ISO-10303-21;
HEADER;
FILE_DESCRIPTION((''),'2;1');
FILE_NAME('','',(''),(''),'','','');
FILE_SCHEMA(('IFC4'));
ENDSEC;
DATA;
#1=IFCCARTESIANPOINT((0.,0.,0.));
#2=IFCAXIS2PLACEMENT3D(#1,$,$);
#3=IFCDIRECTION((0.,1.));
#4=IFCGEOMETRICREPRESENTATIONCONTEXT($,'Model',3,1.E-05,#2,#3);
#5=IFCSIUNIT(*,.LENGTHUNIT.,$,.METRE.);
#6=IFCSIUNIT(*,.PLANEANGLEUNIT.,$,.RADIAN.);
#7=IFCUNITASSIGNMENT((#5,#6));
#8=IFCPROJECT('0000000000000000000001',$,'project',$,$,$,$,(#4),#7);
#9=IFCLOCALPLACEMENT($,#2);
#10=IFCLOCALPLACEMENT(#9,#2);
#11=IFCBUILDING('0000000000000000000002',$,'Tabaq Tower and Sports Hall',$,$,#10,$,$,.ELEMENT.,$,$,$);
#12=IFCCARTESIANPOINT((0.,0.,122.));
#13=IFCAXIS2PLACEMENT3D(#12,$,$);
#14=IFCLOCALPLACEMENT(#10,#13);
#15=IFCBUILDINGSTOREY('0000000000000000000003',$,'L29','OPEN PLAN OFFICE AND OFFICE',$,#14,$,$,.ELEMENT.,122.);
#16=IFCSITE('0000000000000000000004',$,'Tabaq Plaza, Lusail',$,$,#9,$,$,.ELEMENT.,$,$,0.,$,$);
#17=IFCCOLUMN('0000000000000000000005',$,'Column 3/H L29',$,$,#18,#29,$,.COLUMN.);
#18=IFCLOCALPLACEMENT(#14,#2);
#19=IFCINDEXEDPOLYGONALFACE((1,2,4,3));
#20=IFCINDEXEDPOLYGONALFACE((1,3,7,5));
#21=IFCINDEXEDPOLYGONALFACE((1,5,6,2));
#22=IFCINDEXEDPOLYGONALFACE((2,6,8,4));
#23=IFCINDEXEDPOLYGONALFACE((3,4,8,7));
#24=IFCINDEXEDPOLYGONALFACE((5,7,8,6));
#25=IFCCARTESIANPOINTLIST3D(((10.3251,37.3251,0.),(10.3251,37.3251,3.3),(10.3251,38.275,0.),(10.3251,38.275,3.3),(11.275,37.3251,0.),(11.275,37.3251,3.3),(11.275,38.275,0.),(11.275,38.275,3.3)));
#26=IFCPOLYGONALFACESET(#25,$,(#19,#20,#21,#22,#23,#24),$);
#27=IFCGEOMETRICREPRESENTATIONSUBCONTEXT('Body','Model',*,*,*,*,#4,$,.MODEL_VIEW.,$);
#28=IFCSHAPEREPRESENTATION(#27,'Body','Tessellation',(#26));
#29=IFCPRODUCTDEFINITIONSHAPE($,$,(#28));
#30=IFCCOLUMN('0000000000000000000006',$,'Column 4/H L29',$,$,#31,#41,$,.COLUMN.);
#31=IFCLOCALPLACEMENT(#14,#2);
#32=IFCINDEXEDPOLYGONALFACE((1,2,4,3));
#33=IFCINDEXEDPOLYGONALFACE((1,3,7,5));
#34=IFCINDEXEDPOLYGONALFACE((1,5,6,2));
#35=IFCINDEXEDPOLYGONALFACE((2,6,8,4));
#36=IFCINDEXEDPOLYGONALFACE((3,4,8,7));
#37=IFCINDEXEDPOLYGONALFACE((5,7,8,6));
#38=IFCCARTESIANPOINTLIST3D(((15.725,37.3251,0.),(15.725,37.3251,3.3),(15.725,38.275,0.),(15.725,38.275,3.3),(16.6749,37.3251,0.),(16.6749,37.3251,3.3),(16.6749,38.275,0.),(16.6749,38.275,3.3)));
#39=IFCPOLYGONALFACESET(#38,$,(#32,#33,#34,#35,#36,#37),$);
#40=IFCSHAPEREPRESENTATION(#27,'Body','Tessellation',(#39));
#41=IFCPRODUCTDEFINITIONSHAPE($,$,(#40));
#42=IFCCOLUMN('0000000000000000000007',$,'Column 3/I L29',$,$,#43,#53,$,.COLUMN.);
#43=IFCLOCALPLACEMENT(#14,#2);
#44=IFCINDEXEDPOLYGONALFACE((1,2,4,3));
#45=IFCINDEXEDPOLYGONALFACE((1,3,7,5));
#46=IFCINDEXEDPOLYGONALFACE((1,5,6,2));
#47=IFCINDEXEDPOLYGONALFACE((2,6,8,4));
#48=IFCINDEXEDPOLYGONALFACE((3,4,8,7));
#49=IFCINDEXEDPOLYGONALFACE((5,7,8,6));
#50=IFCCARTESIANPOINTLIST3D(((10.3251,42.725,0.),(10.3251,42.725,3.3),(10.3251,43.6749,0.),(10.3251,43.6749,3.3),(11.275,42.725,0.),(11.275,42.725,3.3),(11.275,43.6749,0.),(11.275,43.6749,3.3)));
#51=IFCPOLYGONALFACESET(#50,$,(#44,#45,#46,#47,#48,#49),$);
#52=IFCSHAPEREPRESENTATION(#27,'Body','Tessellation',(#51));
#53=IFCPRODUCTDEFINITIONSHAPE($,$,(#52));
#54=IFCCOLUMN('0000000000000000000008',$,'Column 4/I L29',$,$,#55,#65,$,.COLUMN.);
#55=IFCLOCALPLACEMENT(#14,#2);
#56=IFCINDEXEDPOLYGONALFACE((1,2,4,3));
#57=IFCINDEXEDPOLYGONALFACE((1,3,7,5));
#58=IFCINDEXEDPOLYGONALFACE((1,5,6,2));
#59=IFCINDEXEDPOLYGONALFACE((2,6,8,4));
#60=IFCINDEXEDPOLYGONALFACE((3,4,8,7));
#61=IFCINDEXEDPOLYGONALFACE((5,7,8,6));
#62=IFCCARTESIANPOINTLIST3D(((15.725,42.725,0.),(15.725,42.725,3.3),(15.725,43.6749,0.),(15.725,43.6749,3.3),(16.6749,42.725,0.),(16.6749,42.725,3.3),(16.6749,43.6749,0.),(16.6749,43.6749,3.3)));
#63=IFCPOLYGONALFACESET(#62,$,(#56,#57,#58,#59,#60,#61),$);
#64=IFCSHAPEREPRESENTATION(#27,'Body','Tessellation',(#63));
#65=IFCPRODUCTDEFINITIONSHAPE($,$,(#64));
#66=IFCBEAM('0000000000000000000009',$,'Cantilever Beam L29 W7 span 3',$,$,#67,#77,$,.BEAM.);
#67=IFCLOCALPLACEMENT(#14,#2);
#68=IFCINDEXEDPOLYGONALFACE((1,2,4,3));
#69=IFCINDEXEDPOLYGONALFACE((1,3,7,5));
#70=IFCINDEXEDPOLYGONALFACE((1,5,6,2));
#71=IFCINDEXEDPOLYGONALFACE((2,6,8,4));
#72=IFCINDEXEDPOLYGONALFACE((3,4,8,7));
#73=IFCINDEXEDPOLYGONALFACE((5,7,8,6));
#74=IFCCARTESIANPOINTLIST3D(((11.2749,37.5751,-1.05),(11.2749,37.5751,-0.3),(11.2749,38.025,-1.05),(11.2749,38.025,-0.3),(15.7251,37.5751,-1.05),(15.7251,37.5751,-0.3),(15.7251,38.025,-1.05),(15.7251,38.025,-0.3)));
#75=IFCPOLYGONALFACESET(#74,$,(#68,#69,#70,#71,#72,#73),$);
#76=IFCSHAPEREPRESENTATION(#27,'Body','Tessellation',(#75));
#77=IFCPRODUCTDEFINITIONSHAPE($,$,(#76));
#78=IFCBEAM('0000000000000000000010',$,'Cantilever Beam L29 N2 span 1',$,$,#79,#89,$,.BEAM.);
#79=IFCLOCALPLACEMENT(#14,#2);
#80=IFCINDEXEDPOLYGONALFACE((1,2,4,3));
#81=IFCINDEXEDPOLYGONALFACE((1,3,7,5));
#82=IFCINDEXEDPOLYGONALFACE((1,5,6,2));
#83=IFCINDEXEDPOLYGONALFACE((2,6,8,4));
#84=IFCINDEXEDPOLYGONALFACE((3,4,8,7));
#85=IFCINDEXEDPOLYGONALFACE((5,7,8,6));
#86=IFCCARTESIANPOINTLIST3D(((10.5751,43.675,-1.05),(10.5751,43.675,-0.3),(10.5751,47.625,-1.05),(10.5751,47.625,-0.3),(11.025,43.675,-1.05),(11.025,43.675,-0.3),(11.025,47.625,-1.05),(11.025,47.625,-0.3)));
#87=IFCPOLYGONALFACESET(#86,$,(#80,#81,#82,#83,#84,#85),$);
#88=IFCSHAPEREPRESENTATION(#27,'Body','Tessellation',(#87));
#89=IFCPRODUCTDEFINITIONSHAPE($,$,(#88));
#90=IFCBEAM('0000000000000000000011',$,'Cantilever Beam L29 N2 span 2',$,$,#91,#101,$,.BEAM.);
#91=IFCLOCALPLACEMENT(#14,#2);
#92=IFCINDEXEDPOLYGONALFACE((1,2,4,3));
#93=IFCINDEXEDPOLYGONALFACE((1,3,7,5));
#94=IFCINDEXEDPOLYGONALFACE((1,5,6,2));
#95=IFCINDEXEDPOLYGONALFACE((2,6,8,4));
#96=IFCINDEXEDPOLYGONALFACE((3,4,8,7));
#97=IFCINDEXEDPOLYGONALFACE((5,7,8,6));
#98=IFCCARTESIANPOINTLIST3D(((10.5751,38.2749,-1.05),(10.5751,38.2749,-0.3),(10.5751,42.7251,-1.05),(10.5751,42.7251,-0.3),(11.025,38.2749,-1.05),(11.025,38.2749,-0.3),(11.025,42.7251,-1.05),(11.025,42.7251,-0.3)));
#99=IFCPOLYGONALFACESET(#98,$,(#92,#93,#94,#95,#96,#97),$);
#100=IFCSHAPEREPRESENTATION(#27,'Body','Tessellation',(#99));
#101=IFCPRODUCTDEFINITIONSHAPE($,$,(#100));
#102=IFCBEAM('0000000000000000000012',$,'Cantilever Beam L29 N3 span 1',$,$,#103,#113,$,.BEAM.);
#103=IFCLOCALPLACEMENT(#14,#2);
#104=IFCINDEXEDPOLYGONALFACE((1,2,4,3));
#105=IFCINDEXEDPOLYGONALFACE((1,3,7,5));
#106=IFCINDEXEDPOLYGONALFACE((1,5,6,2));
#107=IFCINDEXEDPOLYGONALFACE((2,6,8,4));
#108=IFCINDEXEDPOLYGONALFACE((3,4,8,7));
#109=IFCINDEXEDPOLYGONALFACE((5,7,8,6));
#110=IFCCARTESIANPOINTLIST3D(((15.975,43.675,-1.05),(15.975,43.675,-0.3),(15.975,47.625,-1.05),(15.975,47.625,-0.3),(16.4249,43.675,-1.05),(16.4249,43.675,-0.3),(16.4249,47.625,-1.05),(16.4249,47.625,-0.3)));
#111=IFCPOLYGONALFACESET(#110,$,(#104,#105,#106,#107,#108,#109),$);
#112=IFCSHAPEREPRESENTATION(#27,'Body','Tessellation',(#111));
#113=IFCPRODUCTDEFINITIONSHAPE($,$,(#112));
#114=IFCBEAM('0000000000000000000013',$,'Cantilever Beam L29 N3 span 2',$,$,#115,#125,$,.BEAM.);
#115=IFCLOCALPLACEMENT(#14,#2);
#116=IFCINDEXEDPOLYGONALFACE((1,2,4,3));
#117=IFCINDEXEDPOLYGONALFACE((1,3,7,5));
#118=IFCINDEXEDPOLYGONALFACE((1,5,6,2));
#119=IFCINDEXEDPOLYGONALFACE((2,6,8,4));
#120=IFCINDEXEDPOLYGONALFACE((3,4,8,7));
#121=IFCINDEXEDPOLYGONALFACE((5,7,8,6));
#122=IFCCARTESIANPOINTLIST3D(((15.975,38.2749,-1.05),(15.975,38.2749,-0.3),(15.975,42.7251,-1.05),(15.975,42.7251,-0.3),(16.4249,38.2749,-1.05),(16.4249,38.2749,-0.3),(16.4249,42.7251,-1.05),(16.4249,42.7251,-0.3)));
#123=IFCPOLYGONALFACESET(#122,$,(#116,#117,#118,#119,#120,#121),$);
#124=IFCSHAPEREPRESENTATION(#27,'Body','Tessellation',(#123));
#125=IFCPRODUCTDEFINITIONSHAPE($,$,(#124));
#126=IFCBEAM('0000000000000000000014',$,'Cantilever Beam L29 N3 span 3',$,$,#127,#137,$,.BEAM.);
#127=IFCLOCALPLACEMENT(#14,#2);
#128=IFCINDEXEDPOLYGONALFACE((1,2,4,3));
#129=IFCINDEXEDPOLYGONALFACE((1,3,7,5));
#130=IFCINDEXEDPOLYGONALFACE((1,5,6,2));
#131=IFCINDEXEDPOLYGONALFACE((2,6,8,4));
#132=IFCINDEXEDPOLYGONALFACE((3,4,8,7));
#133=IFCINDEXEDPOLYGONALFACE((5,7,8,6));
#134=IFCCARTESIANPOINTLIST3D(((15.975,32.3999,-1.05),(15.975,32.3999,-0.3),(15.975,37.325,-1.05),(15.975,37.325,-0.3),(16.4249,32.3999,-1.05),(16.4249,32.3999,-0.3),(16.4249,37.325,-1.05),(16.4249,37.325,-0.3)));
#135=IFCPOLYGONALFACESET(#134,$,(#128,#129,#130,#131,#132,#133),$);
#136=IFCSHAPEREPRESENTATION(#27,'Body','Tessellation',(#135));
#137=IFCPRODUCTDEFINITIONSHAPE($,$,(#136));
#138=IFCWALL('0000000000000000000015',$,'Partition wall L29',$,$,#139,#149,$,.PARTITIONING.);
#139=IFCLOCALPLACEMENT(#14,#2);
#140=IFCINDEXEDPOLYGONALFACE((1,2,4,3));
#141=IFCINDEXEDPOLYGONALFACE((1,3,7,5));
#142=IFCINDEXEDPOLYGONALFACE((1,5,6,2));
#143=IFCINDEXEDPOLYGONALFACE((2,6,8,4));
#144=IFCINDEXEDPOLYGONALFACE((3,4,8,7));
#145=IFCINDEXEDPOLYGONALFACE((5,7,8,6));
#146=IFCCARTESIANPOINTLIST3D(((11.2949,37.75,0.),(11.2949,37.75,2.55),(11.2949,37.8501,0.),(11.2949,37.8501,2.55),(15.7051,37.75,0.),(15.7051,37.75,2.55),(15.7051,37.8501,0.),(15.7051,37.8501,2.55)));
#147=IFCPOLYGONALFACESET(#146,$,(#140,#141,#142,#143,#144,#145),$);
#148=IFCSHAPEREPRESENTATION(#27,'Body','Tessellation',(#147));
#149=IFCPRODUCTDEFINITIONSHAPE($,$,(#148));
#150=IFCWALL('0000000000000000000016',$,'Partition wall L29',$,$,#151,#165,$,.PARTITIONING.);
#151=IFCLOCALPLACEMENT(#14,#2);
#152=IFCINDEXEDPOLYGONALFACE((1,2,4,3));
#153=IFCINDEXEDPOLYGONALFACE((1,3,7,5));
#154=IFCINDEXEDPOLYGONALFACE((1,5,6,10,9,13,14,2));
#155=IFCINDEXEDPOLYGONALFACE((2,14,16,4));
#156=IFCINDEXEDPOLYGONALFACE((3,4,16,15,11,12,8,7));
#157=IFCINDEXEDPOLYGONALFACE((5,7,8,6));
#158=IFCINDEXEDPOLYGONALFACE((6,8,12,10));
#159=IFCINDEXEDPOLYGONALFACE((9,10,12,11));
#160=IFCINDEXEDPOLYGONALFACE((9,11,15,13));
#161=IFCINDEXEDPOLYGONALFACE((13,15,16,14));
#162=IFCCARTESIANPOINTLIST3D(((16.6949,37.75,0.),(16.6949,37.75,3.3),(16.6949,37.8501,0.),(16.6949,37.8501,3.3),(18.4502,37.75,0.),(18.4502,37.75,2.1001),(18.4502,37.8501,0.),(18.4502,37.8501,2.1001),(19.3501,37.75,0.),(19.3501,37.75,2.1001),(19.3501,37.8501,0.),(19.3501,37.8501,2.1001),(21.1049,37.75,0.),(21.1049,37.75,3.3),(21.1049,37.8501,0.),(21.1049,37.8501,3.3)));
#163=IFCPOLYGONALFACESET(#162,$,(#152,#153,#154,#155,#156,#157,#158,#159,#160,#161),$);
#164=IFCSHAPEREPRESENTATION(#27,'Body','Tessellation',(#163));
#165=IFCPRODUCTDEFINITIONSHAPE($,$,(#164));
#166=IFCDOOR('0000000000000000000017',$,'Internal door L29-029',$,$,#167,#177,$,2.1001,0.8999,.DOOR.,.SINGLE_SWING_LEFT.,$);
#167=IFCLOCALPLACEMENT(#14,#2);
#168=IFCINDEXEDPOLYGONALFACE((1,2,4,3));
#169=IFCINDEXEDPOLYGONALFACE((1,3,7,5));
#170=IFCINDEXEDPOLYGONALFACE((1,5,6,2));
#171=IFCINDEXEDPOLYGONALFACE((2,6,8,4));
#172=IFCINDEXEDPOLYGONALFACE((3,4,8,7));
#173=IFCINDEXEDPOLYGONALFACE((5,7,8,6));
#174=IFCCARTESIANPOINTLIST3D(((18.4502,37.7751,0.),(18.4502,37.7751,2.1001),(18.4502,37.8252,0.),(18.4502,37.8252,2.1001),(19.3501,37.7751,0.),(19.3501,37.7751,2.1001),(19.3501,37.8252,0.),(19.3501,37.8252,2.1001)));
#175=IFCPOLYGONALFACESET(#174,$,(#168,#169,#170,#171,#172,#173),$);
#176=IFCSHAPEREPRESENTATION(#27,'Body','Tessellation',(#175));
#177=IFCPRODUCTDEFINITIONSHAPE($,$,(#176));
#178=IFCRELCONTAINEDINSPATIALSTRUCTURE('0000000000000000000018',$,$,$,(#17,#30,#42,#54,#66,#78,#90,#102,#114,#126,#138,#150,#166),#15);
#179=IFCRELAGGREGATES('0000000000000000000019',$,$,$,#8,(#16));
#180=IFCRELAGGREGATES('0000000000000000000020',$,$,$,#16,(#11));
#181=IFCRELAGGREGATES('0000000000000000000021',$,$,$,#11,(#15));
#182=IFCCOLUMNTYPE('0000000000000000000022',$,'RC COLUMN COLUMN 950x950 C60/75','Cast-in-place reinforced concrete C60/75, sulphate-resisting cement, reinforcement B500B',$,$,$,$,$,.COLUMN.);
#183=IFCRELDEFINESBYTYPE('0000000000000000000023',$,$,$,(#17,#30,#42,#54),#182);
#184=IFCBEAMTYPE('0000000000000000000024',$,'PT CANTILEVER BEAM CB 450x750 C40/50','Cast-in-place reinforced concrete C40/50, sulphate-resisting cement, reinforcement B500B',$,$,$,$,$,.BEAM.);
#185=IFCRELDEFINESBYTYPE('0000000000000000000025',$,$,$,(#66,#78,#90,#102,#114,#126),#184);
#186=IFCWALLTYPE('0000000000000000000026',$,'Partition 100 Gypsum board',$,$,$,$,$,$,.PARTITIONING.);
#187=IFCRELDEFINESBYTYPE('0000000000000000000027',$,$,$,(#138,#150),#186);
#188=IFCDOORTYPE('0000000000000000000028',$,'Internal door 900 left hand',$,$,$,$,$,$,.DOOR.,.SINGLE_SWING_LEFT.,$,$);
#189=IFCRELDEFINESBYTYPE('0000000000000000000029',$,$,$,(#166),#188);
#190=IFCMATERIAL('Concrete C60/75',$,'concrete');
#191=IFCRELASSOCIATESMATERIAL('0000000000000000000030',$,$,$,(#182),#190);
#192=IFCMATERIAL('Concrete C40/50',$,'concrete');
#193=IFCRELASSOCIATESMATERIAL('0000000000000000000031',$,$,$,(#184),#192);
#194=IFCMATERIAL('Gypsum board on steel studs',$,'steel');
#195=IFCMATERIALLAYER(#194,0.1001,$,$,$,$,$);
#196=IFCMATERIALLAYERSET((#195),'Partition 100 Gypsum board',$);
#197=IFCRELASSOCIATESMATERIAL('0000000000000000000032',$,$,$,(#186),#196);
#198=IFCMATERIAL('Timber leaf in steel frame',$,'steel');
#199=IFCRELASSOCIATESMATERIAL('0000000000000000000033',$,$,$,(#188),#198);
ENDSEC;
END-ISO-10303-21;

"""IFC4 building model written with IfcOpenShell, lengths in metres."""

from ifc_helpers import new_model, si_unit, direction, frame, frame_2d, origin, origin_2d, place, context, subcontext, project, spatial, rectangle, extrude, material, layer, layer_set, material_profile, profile_set, type_object, element, fill, save


model = new_model("IFC4")

# Units and contexts
model_context = context("Model", 3, precision=1e-05, world=origin(), true_north=direction((0.0, 1.0)))
body_context = subcontext(model_context, "Body", "Model", "MODEL_VIEW")
ifc_project = project(units=[si_unit("LENGTHUNIT", "METRE"), si_unit("PLANEANGLEUNIT", "RADIAN")], contexts=[model_context])

# Site, building, storey
site_placement = place(None, origin())
site = spatial("IfcSite", under=ifc_project, at=site_placement, Name="Tabaq Plaza, Lusail", CompositionType="ELEMENT", RefElevation=0.0)
building_placement = place(site_placement, origin())
building = spatial("IfcBuilding", under=site, at=building_placement, Name="Tabaq Tower and Sports Hall", CompositionType="ELEMENT")
storey_placement = place(building_placement, frame((0.0, 0.0, 122.0)))
storey = spatial("IfcBuildingStorey", under=building, at=storey_placement, Name="L29", Description="OPEN PLAN OFFICE AND OFFICE", CompositionType="ELEMENT", Elevation=122.0)

# Columns
ifc_material_1 = material(Name="Concrete C60/75", Category="concrete")
ifc_material_profile_1 = material_profile(ifc_material_1, rectangle(XDim=0.95, YDim=0.95, at=origin_2d()), Name="COLUMN 950x950")
ifc_profile_set_1 = profile_set([ifc_material_profile_1], Name="Concrete C60/75")
column_type = type_object("IfcColumnType", Name="RC COLUMN COLUMN 950x950 C60/75", Description="Cast-in-place reinforced concrete C60/75, sulphate-resisting cement, reinforcement B500B", PredefinedType="COLUMN", material=ifc_profile_set_1)
for number, where, z_axis, x_axis, name in (
    (1, (10.8, 37.8, 0.0), (0.0, 0.0, 1.0), (1.0, 0.0, 0.0), "Column 3/H L29"),
    (2, (16.2, 37.8, 0.0), (0.0, 0.0, 1.0), (1.0, 0.0, 0.0), "Column 4/H L29"),
    (3, (10.8, 43.2, 0.0), (0.0, 0.0, 1.0), (1.0, 0.0, 0.0), "Column 3/I L29"),
    (4, (16.2, 43.2, 0.0), (0.0, 0.0, 1.0), (1.0, 0.0, 0.0), "Column 4/I L29"),
):
    element("IfcColumn", number, at=place(storey_placement, frame(where, z_axis=z_axis, x_axis=x_axis)), inside=storey, type_object=column_type, Name=name, PredefinedType="COLUMN", context=body_context, shape_type="SweptSolid", body=[
        extrude(rectangle(XDim=0.95, YDim=0.95, at=origin_2d()), origin(), (0.0, 0.0, 1.0), 3.3),
    ])

# Beams
ifc_material_2 = material(Name="Concrete C40/50", Category="concrete")
ifc_material_profile_2 = material_profile(ifc_material_2, rectangle(XDim=0.45, YDim=0.75, at=origin_2d()), Name="CB 450x750")
ifc_profile_set_2 = profile_set([ifc_material_profile_2], Name="Concrete C40/50")
beam_type = type_object("IfcBeamType", Name="PT CANTILEVER BEAM CB 450x750 C40/50", Description="Cast-in-place reinforced concrete C40/50, sulphate-resisting cement, reinforcement B500B", PredefinedType="BEAM", material=ifc_profile_set_2)
beam_1_placement = place(storey_placement, frame((11.2749, 37.8, -0.675), z_axis=(1.0, 0.0, 0.0), x_axis=(0.0, 1.0, 0.0)))
element("IfcBeam", 5, at=beam_1_placement, inside=storey, type_object=beam_type, Name="Cantilever Beam L29 W7 span 3", PredefinedType="BEAM", context=body_context, shape_type="SweptSolid", body=[
    extrude(rectangle(XDim=0.45, YDim=0.75, at=origin_2d()), origin(), (0.0, 0.0, 1.0), 4.4502),
])
beam_2_placement = place(storey_placement, frame((10.8, 47.625, -0.675), z_axis=(0.0, -1.0, 0.0), x_axis=(1.0, 0.0, 0.0)))
element("IfcBeam", 6, at=beam_2_placement, inside=storey, type_object=beam_type, Name="Cantilever Beam L29 N2 span 1", PredefinedType="BEAM", context=body_context, shape_type="SweptSolid", body=[
    extrude(rectangle(XDim=0.45, YDim=0.75, at=origin_2d()), origin(), (0.0, 0.0, 1.0), 3.95),
])
beam_3_placement = place(storey_placement, frame((10.8, 42.7251, -0.675), z_axis=(0.0, -1.0, 0.0), x_axis=(1.0, 0.0, 0.0)))
element("IfcBeam", 7, at=beam_3_placement, inside=storey, type_object=beam_type, Name="Cantilever Beam L29 N2 span 2", PredefinedType="BEAM", context=body_context, shape_type="SweptSolid", body=[
    extrude(rectangle(XDim=0.45, YDim=0.75, at=origin_2d()), origin(), (0.0, 0.0, 1.0), 4.4502),
])
beam_4_placement = place(storey_placement, frame((16.2, 47.625, -0.675), z_axis=(0.0, -1.0, 0.0), x_axis=(1.0, 0.0, 0.0)))
element("IfcBeam", 8, at=beam_4_placement, inside=storey, type_object=beam_type, Name="Cantilever Beam L29 N3 span 1", PredefinedType="BEAM", context=body_context, shape_type="SweptSolid", body=[
    extrude(rectangle(XDim=0.45, YDim=0.75, at=origin_2d()), origin(), (0.0, 0.0, 1.0), 3.95),
])
beam_5_placement = place(storey_placement, frame((16.2, 42.7251, -0.675), z_axis=(0.0, -1.0, 0.0), x_axis=(1.0, 0.0, 0.0)))
element("IfcBeam", 9, at=beam_5_placement, inside=storey, type_object=beam_type, Name="Cantilever Beam L29 N3 span 2", PredefinedType="BEAM", context=body_context, shape_type="SweptSolid", body=[
    extrude(rectangle(XDim=0.45, YDim=0.75, at=origin_2d()), origin(), (0.0, 0.0, 1.0), 4.4502),
])
beam_6_placement = place(storey_placement, frame((16.2, 37.325, -0.675), z_axis=(0.0, -1.0, 0.0), x_axis=(1.0, 0.0, 0.0)))
element("IfcBeam", 10, at=beam_6_placement, inside=storey, type_object=beam_type, Name="Cantilever Beam L29 N3 span 3", PredefinedType="BEAM", context=body_context, shape_type="SweptSolid", body=[
    extrude(rectangle(XDim=0.45, YDim=0.75, at=origin_2d()), origin(), (0.0, 0.0, 1.0), 4.925),
])

# Wall
ifc_material_3 = material(Name="Gypsum board on steel studs", Category="steel")
ifc_layer_1 = layer(ifc_material_3, 0.1001)
ifc_layer_set_1 = layer_set([ifc_layer_1], Name="Partition 100 Gypsum board")
wall_type_1 = type_object("IfcWallType", Name="Partition 100 Gypsum board", PredefinedType="PARTITIONING", material=ifc_layer_set_1)
wall_1_placement = place(storey_placement, frame((15.7051, 37.8, 0.0), z_axis=(0.0, 0.0, 1.0), x_axis=(-1.0, 0.0, 0.0)))
element("IfcWall", 11, at=wall_1_placement, inside=storey, type_object=wall_type_1, Name="Partition wall L29", PredefinedType="PARTITIONING", context=body_context, shape_type="SweptSolid", body=[
    extrude(rectangle(XDim=4.4102, YDim=0.1001, at=frame_2d((2.2051, 0.0))), origin(), (0.0, 0.0, 1.0), 2.55),
])

# Wall, opening, door
wall_2_placement = place(storey_placement, frame((21.105, 37.8, 0.0), z_axis=(0.0, 0.0, 1.0), x_axis=(-1.0, 0.0, 0.0)))
wall_2 = element("IfcWall", 12, at=wall_2_placement, inside=storey, type_object=wall_type_1, Name="Partition wall L29", PredefinedType="PARTITIONING", context=body_context, shape_type="SweptSolid", body=[
    extrude(rectangle(XDim=4.4099, YDim=0.1001, at=frame_2d((2.2051, 0.0))), origin(), (0.0, 0.0, 1.0), 3.3),
])
opening_1_placement = place(wall_2_placement, frame((1.7549, 0.0, 0.0)))
opening_1 = element("IfcOpeningElement", 13, at=opening_1_placement, cuts=wall_2, PredefinedType="OPENING", context=body_context, shape_type="SweptSolid", body=[
    extrude(rectangle(XDim=0.8999, YDim=2.1001, at=frame_2d((0.45, 1.05))), frame((0.0, 0.05, 0.0), z_axis=(0.0, -1.0, 0.0), x_axis=(1.0, 0.0, 0.0)), (0.0, 0.0, 1.0), 0.1001),
])
ifc_material_4 = material(Name="Timber leaf in steel frame", Category="steel")
door_type_1 = type_object("IfcDoorType", Name="Internal door 900 left hand", OperationType="SINGLE_SWING_LEFT", PredefinedType="DOOR", material=ifc_material_4)
door_1_placement = place(opening_1_placement, origin())
door_1 = element("IfcDoor", 14, at=door_1_placement, inside=storey, type_object=door_type_1, Name="Internal door L29-029", OperationType="SINGLE_SWING_LEFT", OverallHeight=2.1001, OverallWidth=0.8999, PredefinedType="DOOR", context=body_context, shape_type="SweptSolid", body=[
    extrude(rectangle(XDim=0.8999, YDim=2.1001, at=frame_2d((0.45, 1.05))), frame((0.0, 0.0249, 0.0), z_axis=(0.0, -1.0, 0.0), x_axis=(1.0, 0.0, 0.0)), (0.0, 0.0, 1.0), 0.05),
])
fill(opening_1, door_1)

save(model, "model.ifc")
